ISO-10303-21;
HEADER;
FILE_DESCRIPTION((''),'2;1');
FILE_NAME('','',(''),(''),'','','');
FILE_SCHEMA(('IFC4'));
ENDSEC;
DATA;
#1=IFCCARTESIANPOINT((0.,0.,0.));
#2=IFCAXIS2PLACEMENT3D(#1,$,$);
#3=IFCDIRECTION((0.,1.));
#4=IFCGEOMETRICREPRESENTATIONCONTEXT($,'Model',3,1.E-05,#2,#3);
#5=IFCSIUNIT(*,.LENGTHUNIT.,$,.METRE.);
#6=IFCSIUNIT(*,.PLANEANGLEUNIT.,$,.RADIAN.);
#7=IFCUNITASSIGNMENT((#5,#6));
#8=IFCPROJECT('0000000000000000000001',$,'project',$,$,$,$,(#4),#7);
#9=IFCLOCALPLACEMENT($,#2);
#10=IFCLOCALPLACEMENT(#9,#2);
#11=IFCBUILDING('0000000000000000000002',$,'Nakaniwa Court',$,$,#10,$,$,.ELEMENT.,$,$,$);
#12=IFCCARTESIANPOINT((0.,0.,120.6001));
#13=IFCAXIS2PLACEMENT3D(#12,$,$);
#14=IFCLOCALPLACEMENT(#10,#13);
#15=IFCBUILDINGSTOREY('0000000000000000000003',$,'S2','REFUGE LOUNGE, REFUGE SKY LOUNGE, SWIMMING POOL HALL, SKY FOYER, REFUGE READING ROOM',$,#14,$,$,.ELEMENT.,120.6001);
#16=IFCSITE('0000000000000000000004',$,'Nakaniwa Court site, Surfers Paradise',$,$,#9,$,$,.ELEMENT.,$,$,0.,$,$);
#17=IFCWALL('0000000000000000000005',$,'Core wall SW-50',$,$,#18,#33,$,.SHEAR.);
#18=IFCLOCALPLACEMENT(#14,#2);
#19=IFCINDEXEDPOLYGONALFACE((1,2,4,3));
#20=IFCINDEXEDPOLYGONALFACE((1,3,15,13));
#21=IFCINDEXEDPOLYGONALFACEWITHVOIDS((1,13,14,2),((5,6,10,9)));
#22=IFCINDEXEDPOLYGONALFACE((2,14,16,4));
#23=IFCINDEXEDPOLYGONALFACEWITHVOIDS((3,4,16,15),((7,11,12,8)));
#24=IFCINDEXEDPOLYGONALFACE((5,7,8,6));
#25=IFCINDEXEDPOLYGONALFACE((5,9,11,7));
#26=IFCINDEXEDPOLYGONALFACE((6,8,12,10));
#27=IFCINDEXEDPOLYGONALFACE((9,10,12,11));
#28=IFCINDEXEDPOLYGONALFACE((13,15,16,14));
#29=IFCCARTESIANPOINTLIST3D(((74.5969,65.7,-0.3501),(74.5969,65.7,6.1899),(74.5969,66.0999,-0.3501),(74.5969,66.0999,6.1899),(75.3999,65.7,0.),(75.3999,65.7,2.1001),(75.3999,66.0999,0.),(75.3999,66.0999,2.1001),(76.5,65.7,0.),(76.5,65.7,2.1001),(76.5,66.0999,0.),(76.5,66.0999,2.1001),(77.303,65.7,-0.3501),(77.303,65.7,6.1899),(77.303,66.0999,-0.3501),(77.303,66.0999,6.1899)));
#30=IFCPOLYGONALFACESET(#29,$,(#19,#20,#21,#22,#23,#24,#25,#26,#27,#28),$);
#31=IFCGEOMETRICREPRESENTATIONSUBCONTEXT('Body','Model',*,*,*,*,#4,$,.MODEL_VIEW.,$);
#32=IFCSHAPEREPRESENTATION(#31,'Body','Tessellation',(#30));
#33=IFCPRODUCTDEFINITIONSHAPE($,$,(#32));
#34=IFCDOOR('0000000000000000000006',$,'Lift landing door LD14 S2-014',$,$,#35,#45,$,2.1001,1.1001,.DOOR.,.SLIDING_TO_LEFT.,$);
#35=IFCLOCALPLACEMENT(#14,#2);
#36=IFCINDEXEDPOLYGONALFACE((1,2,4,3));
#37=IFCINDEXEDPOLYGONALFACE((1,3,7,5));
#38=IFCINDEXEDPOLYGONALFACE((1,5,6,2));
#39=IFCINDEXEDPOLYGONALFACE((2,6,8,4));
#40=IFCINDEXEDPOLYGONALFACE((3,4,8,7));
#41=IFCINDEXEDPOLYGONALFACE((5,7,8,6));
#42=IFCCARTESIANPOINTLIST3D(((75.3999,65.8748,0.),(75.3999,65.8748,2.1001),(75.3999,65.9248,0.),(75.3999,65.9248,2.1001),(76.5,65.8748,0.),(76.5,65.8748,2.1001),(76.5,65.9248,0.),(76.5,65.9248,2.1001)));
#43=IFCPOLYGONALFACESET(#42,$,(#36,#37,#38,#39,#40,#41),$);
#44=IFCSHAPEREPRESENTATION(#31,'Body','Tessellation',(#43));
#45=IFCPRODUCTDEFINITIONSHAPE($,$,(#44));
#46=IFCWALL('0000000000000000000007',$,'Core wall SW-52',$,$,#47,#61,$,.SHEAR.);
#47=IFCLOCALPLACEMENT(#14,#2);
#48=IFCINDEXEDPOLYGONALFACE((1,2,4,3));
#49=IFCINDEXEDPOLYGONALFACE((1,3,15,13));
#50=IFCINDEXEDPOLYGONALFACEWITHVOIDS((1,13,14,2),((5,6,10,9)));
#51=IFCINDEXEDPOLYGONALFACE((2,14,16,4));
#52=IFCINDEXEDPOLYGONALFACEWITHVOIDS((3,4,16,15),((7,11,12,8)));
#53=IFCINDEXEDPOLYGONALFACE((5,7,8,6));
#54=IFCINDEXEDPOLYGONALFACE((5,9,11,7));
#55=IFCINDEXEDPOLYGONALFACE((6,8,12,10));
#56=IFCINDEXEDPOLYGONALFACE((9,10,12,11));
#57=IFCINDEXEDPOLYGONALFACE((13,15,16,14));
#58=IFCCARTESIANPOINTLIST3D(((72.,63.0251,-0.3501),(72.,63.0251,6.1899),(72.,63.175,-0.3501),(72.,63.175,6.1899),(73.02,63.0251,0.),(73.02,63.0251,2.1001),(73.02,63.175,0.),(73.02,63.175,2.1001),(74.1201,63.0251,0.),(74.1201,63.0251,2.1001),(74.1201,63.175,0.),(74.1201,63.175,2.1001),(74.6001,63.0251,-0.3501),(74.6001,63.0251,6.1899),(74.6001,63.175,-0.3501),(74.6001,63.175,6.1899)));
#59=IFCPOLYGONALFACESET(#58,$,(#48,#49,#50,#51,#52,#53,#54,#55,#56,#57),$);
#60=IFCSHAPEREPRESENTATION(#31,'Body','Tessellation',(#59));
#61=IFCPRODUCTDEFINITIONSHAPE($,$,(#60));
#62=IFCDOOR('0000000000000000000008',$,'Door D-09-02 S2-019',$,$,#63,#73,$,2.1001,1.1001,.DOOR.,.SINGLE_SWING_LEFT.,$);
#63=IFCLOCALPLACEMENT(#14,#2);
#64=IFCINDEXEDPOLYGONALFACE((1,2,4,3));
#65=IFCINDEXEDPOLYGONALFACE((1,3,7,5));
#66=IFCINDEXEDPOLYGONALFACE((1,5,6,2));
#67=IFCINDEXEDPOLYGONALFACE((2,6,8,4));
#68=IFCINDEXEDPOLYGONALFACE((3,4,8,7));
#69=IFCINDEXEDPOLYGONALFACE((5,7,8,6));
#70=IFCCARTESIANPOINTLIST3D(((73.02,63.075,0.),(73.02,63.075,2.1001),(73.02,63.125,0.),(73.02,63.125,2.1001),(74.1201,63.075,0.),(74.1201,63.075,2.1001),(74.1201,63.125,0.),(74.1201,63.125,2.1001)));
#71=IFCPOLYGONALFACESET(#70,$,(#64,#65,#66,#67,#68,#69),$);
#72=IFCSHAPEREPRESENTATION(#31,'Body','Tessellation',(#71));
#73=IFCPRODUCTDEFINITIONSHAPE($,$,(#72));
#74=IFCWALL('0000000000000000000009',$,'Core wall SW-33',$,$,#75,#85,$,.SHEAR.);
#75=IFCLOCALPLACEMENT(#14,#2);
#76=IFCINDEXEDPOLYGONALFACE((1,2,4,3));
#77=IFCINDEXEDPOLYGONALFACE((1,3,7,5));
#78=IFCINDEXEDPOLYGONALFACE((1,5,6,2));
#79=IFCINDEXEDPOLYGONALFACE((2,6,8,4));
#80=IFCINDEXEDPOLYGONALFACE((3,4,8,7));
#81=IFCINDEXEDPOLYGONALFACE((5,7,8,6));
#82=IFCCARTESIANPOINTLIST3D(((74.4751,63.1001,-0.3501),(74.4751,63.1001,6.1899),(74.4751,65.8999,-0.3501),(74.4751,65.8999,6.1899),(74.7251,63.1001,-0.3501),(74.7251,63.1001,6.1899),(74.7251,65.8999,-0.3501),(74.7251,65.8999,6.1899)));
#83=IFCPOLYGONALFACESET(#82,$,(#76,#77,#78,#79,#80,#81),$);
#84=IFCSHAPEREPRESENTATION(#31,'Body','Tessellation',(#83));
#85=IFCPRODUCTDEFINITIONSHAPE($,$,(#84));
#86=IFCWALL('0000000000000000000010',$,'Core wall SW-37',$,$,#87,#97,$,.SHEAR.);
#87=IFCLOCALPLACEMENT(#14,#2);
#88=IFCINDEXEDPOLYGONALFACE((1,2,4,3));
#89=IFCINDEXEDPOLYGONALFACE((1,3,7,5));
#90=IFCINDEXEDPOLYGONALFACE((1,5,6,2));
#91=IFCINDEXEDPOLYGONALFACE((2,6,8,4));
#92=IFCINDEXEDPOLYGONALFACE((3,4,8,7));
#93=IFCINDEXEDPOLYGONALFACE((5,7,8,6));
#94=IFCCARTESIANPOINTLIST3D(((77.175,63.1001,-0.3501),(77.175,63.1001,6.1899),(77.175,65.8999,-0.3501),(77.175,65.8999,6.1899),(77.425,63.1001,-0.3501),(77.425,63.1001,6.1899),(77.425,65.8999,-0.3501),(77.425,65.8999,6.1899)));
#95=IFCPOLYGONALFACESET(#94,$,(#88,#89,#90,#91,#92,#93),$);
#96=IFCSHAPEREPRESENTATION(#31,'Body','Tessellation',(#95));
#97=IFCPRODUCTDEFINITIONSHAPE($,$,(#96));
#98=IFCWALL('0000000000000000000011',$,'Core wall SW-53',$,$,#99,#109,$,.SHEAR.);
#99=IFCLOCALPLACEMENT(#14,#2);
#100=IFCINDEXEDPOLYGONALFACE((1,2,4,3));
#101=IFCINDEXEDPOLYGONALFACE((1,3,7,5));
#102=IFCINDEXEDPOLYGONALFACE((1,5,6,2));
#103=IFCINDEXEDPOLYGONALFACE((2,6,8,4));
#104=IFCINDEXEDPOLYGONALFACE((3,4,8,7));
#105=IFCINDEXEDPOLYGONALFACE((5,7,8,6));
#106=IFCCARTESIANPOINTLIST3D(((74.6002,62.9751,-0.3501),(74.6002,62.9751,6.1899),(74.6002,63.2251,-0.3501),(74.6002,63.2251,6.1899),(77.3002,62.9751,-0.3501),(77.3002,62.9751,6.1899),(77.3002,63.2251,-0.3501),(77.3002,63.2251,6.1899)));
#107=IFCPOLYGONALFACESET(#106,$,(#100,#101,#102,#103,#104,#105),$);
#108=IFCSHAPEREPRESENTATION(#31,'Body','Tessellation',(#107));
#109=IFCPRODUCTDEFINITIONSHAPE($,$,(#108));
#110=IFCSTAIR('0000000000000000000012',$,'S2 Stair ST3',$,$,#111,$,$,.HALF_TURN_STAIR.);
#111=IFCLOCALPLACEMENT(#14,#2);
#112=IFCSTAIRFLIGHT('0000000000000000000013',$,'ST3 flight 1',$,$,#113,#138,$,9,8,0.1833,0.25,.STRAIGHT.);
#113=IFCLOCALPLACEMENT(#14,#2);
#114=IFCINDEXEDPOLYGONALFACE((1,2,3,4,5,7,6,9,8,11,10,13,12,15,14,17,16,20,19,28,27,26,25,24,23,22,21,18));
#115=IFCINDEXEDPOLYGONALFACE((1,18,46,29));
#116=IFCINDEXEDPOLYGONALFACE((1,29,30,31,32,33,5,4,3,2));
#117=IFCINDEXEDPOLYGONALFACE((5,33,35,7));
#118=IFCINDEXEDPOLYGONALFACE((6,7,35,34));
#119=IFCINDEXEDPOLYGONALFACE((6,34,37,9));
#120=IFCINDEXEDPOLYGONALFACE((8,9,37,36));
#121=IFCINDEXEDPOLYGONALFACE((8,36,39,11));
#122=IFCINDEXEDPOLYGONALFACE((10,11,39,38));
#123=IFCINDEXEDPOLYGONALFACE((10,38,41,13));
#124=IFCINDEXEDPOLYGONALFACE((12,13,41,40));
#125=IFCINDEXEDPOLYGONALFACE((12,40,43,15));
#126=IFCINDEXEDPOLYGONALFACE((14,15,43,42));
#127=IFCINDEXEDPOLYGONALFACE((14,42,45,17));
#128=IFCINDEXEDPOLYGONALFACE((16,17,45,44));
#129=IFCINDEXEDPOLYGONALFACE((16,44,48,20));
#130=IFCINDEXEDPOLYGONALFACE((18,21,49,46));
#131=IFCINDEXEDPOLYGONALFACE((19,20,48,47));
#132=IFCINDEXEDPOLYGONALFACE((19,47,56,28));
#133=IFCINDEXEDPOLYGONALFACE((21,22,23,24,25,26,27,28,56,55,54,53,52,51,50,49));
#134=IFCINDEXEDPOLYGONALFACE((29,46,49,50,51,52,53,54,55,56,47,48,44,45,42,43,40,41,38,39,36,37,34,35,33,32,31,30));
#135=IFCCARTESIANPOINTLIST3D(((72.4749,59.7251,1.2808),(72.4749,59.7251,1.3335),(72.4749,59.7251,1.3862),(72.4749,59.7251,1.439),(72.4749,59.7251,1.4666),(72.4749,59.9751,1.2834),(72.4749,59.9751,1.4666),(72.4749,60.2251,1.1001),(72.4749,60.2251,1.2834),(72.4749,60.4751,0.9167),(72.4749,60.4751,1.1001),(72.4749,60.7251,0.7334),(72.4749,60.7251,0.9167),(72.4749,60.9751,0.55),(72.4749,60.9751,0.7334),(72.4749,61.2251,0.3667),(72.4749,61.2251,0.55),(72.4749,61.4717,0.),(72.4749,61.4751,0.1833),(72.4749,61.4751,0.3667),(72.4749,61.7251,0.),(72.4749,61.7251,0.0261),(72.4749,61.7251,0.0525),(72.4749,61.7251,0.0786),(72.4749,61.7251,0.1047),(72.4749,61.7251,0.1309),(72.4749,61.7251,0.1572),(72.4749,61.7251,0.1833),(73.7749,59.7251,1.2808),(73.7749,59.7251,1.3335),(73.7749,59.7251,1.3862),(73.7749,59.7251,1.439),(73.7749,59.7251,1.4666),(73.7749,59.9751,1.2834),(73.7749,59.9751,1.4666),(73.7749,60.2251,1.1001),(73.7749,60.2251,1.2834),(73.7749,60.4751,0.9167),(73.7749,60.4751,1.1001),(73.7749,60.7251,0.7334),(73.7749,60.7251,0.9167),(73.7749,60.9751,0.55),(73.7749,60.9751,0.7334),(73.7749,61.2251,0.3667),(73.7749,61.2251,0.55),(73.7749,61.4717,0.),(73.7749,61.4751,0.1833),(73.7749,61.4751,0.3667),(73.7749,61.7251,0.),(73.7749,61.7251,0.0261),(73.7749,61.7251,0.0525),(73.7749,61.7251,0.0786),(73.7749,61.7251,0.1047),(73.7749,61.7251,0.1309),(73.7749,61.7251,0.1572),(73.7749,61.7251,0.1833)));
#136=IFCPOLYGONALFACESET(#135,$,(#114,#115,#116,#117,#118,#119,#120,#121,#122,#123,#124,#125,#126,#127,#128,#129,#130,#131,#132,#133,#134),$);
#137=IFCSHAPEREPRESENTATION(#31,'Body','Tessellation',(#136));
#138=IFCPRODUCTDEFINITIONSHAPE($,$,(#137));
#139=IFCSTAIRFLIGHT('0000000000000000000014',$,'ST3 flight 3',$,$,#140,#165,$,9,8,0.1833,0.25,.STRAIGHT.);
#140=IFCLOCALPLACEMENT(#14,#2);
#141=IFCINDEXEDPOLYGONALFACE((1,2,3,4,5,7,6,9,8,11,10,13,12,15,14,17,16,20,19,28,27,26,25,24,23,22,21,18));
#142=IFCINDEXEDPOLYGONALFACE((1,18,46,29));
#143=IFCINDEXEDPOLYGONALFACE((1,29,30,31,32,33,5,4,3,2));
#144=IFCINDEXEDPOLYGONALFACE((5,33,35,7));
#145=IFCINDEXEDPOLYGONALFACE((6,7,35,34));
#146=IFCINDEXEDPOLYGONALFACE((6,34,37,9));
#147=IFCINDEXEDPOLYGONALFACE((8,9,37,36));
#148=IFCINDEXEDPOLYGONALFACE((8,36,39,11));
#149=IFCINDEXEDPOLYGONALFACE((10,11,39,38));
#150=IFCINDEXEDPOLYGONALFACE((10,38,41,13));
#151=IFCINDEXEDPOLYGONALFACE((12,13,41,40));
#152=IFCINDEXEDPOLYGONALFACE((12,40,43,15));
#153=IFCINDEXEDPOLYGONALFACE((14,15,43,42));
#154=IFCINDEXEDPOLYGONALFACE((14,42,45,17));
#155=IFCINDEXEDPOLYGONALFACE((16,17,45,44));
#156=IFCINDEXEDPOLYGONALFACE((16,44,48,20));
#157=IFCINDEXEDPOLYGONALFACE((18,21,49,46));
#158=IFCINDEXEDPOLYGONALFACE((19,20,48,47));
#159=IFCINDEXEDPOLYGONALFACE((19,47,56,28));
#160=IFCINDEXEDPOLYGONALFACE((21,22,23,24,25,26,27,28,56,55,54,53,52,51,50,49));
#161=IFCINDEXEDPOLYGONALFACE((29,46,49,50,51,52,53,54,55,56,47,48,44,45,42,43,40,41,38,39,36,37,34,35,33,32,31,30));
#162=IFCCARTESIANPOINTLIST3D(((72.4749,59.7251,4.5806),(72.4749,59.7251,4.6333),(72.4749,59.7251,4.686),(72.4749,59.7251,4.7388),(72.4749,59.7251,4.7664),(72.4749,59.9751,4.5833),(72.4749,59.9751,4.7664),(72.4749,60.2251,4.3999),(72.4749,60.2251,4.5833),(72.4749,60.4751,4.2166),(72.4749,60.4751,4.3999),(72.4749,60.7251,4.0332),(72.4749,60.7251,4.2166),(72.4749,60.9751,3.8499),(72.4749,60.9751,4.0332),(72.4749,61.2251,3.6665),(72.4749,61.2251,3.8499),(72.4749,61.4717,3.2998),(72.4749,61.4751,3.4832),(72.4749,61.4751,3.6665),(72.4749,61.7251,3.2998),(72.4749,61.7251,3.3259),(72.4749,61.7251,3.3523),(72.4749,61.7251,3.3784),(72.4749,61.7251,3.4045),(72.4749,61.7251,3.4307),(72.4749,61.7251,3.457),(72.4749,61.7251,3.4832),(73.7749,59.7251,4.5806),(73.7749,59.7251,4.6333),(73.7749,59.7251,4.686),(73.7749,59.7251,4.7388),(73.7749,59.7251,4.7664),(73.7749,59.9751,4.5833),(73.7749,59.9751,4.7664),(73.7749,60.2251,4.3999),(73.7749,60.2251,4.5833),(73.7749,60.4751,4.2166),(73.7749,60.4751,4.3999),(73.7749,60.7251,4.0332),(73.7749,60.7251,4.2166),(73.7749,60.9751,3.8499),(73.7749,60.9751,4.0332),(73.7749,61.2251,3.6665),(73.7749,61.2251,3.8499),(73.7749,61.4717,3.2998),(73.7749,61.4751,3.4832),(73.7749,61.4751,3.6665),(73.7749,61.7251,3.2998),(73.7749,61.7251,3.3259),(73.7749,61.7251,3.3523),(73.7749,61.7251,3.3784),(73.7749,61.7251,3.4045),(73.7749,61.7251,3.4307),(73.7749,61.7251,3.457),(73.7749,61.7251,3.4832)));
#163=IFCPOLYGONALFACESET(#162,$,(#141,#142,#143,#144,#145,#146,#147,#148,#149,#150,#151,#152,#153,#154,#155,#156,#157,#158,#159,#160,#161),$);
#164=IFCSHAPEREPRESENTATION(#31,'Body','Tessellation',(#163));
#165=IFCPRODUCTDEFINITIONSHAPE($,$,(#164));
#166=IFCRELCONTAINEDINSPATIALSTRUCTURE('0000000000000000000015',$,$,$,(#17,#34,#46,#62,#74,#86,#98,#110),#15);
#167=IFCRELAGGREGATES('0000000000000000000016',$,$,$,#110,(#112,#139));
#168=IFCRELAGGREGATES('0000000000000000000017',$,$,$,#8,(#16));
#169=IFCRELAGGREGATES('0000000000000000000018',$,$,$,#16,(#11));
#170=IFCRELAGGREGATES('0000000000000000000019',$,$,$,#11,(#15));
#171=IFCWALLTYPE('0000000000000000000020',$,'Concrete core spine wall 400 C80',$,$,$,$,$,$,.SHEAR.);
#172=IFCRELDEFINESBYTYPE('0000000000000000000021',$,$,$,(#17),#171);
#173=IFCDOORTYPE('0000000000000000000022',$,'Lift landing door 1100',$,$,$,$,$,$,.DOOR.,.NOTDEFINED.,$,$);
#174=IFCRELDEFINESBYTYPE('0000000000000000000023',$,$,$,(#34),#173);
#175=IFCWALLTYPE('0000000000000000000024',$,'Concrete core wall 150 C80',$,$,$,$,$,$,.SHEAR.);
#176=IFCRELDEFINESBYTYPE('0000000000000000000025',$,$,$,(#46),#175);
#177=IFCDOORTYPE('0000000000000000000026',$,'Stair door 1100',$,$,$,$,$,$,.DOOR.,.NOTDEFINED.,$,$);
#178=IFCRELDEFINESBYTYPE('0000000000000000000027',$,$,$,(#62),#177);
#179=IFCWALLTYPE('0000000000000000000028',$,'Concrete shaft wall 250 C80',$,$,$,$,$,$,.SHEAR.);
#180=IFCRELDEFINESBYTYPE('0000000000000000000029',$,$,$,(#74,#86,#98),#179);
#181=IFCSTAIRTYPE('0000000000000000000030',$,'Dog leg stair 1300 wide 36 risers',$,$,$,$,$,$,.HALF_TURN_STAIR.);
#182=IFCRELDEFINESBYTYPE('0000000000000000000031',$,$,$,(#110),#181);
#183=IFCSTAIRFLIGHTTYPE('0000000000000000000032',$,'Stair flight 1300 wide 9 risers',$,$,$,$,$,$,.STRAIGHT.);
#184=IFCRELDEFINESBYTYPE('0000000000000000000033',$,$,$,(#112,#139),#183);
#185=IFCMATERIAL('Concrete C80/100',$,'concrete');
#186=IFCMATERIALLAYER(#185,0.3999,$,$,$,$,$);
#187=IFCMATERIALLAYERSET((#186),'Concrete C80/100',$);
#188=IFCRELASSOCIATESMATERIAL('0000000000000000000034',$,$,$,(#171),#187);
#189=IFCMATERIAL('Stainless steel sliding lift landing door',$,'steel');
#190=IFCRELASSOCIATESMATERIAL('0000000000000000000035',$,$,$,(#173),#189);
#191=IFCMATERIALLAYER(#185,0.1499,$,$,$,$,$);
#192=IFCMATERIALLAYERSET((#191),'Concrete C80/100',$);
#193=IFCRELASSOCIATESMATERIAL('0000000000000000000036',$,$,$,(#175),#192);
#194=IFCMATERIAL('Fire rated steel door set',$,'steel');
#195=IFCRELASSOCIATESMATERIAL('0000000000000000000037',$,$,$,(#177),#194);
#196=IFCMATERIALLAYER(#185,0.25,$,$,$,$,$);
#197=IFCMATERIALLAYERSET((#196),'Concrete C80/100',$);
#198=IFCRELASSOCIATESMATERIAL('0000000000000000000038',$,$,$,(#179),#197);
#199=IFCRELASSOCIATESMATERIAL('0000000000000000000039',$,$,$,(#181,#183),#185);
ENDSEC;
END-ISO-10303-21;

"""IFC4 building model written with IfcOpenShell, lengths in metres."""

from ifc_helpers import new_model, si_unit, direction, frame, frame_2d, origin, place, context, subcontext, project, spatial, polyline, rectangle, outline, extrude, material, layer, layer_set, type_object, element, fill, aggregate, save


model = new_model("IFC4")

# Units and contexts
model_context = context("Model", 3, precision=1e-05, world=origin(), true_north=direction((0.0, 1.0)))
body_context = subcontext(model_context, "Body", "Model", "MODEL_VIEW")
ifc_project = project(units=[si_unit("LENGTHUNIT", "METRE"), si_unit("PLANEANGLEUNIT", "RADIAN")], contexts=[model_context])

# Site, building, storey
site_placement = place(None, origin())
site = spatial("IfcSite", under=ifc_project, at=site_placement, Name="Nakaniwa Court site, Surfers Paradise", CompositionType="ELEMENT", RefElevation=0.0)
building_placement = place(site_placement, origin())
building = spatial("IfcBuilding", under=site, at=building_placement, Name="Nakaniwa Court", CompositionType="ELEMENT")
storey_placement = place(building_placement, frame((0.0, 0.0, 120.6001)))
storey = spatial("IfcBuildingStorey", under=building, at=storey_placement, Name="S2", Description="REFUGE LOUNGE, REFUGE SKY LOUNGE, SWIMMING POOL HALL, SKY FOYER, REFUGE READING ROOM", CompositionType="ELEMENT", Elevation=120.6001)

# Shared definitions
ifc_material_1 = material(Name="Concrete C80/100", Category="concrete")

# Walls, openings, doors
ifc_material_2 = material(Name="Fire rated steel door set", Category="steel")
ifc_layer_1 = layer(ifc_material_1, 0.3999)
ifc_layer_set_1 = layer_set([ifc_layer_1], Name="Concrete C80/100")
wall_type_1 = type_object("IfcWallType", Name="Concrete core spine wall 400 C80", PredefinedType="SHEAR", material=ifc_layer_set_1)
wall_1_placement = place(storey_placement, frame((74.5969, 65.8999, -0.3501), z_axis=(0.0, 0.0, 1.0), x_axis=(1.0, 0.0, 0.0)))
wall_1 = element("IfcWall", 1, at=wall_1_placement, inside=storey, type_object=wall_type_1, Name="Core wall SW-50", PredefinedType="SHEAR", context=body_context, shape_type="SweptSolid", body=[
    extrude(rectangle(XDim=2.7061, YDim=0.3999, at=frame_2d((1.353, 0.0))), origin(), (0.0, 0.0, 1.0), 6.54),
])
opening_1_placement = place(wall_1_placement, frame((0.803, 0.0, 0.3501)))
opening_1 = element("IfcOpeningElement", 2, at=opening_1_placement, cuts=wall_1, PredefinedType="OPENING", context=body_context, shape_type="SweptSolid", body=[
    extrude(rectangle(XDim=1.1001, YDim=2.1001, at=frame_2d((0.55, 1.05))), frame((0.0, 0.21, 0.0), z_axis=(0.0, -1.0, 0.0), x_axis=(1.0, 0.0, 0.0)), (0.0, 0.0, 1.0), 0.4199),
])
ifc_material_3 = material(Name="Stainless steel sliding lift landing door", Category="steel")
door_type_1 = type_object("IfcDoorType", Name="Lift landing door 1100", OperationType="NOTDEFINED", PredefinedType="DOOR", material=ifc_material_3)
door_1_placement = place(opening_1_placement, origin())
door_1 = element("IfcDoor", 3, at=door_1_placement, inside=storey, type_object=door_type_1, Name="Lift landing door LD14 S2-014", OperationType="SLIDING_TO_LEFT", OverallHeight=2.1001, OverallWidth=1.1001, PredefinedType="DOOR", context=body_context, shape_type="SweptSolid", body=[
    extrude(rectangle(XDim=1.1001, YDim=2.1001, at=frame_2d((0.55, 1.05))), frame((0.0, 0.0249, 0.0), z_axis=(0.0, -1.0, 0.0), x_axis=(1.0, 0.0, 0.0)), (0.0, 0.0, 1.0), 0.05),
])
fill(opening_1, door_1)
ifc_layer_2 = layer(ifc_material_1, 0.1499)
ifc_layer_set_2 = layer_set([ifc_layer_2], Name="Concrete C80/100")
wall_type_2 = type_object("IfcWallType", Name="Concrete core wall 150 C80", PredefinedType="SHEAR", material=ifc_layer_set_2)
wall_2_placement = place(storey_placement, frame((72.0, 63.1001, -0.3501), z_axis=(0.0, 0.0, 1.0), x_axis=(1.0, 0.0, 0.0)))
wall_2 = element("IfcWall", 4, at=wall_2_placement, inside=storey, type_object=wall_type_2, Name="Core wall SW-52", PredefinedType="SHEAR", context=body_context, shape_type="SweptSolid", body=[
    extrude(rectangle(XDim=2.6001, YDim=0.1499, at=frame_2d((1.3, 0.0))), origin(), (0.0, 0.0, 1.0), 6.54),
])
opening_2_placement = place(wall_2_placement, frame((1.02, 0.0, 0.3501)))
opening_2 = element("IfcOpeningElement", 5, at=opening_2_placement, cuts=wall_2, PredefinedType="OPENING", context=body_context, shape_type="SweptSolid", body=[
    extrude(rectangle(XDim=1.1001, YDim=2.1001, at=frame_2d((0.55, 1.05))), frame((0.0, 0.085, 0.0), z_axis=(0.0, -1.0, 0.0), x_axis=(1.0, 0.0, 0.0)), (0.0, 0.0, 1.0), 0.1699),
])
door_type_2 = type_object("IfcDoorType", Name="Stair door 1100", OperationType="NOTDEFINED", PredefinedType="DOOR", material=ifc_material_2)
door_2_placement = place(opening_2_placement, origin())
door_2 = element("IfcDoor", 6, at=door_2_placement, inside=storey, type_object=door_type_2, Name="Door D-09-02 S2-019", OperationType="SINGLE_SWING_LEFT", OverallHeight=2.1001, OverallWidth=1.1001, PredefinedType="DOOR", context=body_context, shape_type="SweptSolid", body=[
    extrude(rectangle(XDim=1.1001, YDim=2.1001, at=frame_2d((0.55, 1.05))), frame((0.0, 0.0249, 0.0), z_axis=(0.0, -1.0, 0.0), x_axis=(1.0, 0.0, 0.0)), (0.0, 0.0, 1.0), 0.05),
])
fill(opening_2, door_2)

# Walls
ifc_layer_3 = layer(ifc_material_1, 0.25)
ifc_layer_set_3 = layer_set([ifc_layer_3], Name="Concrete C80/100")
wall_type_3 = type_object("IfcWallType", Name="Concrete shaft wall 250 C80", PredefinedType="SHEAR", material=ifc_layer_set_3)
for number, where, z_axis, x_axis, name in (
    (7, (74.6001, 63.1001, -0.3501), (0.0, 0.0, 1.0), (0.0, 1.0, 0.0), "Core wall SW-33"),
    (8, (77.3, 63.1001, -0.3501), (0.0, 0.0, 1.0), (0.0, 1.0, 0.0), "Core wall SW-37"),
):
    element("IfcWall", number, at=place(storey_placement, frame(where, z_axis=z_axis, x_axis=x_axis)), inside=storey, type_object=wall_type_3, Name=name, PredefinedType="SHEAR", context=body_context, shape_type="SweptSolid", body=[
        extrude(rectangle(XDim=2.7998, YDim=0.25, at=frame_2d((1.3999, 0.0))), origin(), (0.0, 0.0, 1.0), 6.54),
    ])
wall_3_placement = place(storey_placement, frame((74.6001, 63.1001, -0.3501), z_axis=(0.0, 0.0, 1.0), x_axis=(1.0, 0.0, 0.0)))
element("IfcWall", 9, at=wall_3_placement, inside=storey, type_object=wall_type_3, Name="Core wall SW-53", PredefinedType="SHEAR", context=body_context, shape_type="SweptSolid", body=[
    extrude(rectangle(XDim=2.7, YDim=0.25, at=frame_2d((1.3501, 0.0))), origin(), (0.0, 0.0, 1.0), 6.54),
])

# Stair, stair flights
stair_type = type_object("IfcStairType", Name="Dog leg stair 1300 wide 36 risers", PredefinedType="HALF_TURN_STAIR", material=ifc_material_1)
stair_placement = place(storey_placement, origin())
stair = element("IfcStair", 10, at=stair_placement, inside=storey, type_object=stair_type, Name="S2 Stair ST3", PredefinedType="HALF_TURN_STAIR")
stair_flight_type = type_object("IfcStairFlightType", Name="Stair flight 1300 wide 9 risers", PredefinedType="STRAIGHT", material=ifc_material_1)
stair_flight_1_placement = place(storey_placement, frame((73.125, 61.7251, 0.0), z_axis=(0.0, 0.0, 1.0), x_axis=(0.0, -1.0, 0.0)))
stair_flight_1 = element("IfcStairFlight", 11, at=stair_flight_1_placement, type_object=stair_flight_type, Name="ST3 flight 1", NumberOfRisers=9, NumberOfTreads=8, PredefinedType="STRAIGHT", RiserHeight=0.1833, TreadLength=0.25, context=body_context, shape_type="SweptSolid", body=[
    extrude(outline(polyline([(0.0, 0.0), (0.0, 0.0261), (0.0, 0.0525), (0.0, 0.0786), (0.0, 0.1047), (0.0, 0.1309), (0.0, 0.1572), (0.0, 0.1833), (0.25, 0.1833), (0.25, 0.3667), (0.5, 0.3667), (0.5, 0.55), (0.75, 0.55), (0.75, 0.7334), (1.0, 0.7334), (1.0, 0.9167), (1.25, 0.9167), (1.25, 1.1001), (1.5, 1.1001), (1.5, 1.2834), (1.75, 1.2834), (1.75, 1.4666), (2.0, 1.4666), (2.0, 1.6499), (2.0, 1.5972), (2.0, 1.5444), (2.0, 1.4917), (2.0, 1.439), (2.0, 1.3862), (2.0, 1.3335), (2.0, 1.2808), (0.2534, 0.0), (0.0, 0.0)])), frame((0.0, 0.6499, 0.0), z_axis=(0.0, -1.0, 0.0), x_axis=(1.0, 0.0, 0.0)), (0.0, 0.0, 1.0), 1.3),
])
stair_flight_2_placement = place(storey_placement, frame((73.125, 61.7251, 3.2998), z_axis=(0.0, 0.0, 1.0), x_axis=(0.0, -1.0, 0.0)))
stair_flight_2 = element("IfcStairFlight", 12, at=stair_flight_2_placement, type_object=stair_flight_type, Name="ST3 flight 3", NumberOfRisers=9, NumberOfTreads=8, PredefinedType="STRAIGHT", RiserHeight=0.1833, TreadLength=0.25, context=body_context, shape_type="SweptSolid", body=[
    extrude(outline(polyline([(0.0, 0.0), (0.0, 0.0261), (0.0, 0.0525), (0.0, 0.0786), (0.0, 0.1047), (0.0, 0.1309), (0.0, 0.1572), (0.0, 0.1833), (0.25, 0.1833), (0.25, 0.3667), (0.5, 0.3667), (0.5, 0.55), (0.75, 0.55), (0.75, 0.7334), (1.0, 0.7334), (1.0, 0.9167), (1.25, 0.9167), (1.25, 1.1001), (1.5, 1.1001), (1.5, 1.2834), (1.75, 1.2834), (1.75, 1.4666), (2.0, 1.4666), (2.0, 1.6499), (2.0, 1.5972), (2.0, 1.5444), (2.0, 1.4917), (2.0, 1.439), (2.0, 1.3862), (2.0, 1.3335), (2.0, 1.2808), (0.2534, 0.0), (0.0, 0.0)])), frame((0.0, 0.6499, 0.0), z_axis=(0.0, -1.0, 0.0), x_axis=(1.0, 0.0, 0.0)), (0.0, 0.0, 1.0), 1.3),
])
aggregate(stair, [stair_flight_1, stair_flight_2])

save(model, "model.ifc")
